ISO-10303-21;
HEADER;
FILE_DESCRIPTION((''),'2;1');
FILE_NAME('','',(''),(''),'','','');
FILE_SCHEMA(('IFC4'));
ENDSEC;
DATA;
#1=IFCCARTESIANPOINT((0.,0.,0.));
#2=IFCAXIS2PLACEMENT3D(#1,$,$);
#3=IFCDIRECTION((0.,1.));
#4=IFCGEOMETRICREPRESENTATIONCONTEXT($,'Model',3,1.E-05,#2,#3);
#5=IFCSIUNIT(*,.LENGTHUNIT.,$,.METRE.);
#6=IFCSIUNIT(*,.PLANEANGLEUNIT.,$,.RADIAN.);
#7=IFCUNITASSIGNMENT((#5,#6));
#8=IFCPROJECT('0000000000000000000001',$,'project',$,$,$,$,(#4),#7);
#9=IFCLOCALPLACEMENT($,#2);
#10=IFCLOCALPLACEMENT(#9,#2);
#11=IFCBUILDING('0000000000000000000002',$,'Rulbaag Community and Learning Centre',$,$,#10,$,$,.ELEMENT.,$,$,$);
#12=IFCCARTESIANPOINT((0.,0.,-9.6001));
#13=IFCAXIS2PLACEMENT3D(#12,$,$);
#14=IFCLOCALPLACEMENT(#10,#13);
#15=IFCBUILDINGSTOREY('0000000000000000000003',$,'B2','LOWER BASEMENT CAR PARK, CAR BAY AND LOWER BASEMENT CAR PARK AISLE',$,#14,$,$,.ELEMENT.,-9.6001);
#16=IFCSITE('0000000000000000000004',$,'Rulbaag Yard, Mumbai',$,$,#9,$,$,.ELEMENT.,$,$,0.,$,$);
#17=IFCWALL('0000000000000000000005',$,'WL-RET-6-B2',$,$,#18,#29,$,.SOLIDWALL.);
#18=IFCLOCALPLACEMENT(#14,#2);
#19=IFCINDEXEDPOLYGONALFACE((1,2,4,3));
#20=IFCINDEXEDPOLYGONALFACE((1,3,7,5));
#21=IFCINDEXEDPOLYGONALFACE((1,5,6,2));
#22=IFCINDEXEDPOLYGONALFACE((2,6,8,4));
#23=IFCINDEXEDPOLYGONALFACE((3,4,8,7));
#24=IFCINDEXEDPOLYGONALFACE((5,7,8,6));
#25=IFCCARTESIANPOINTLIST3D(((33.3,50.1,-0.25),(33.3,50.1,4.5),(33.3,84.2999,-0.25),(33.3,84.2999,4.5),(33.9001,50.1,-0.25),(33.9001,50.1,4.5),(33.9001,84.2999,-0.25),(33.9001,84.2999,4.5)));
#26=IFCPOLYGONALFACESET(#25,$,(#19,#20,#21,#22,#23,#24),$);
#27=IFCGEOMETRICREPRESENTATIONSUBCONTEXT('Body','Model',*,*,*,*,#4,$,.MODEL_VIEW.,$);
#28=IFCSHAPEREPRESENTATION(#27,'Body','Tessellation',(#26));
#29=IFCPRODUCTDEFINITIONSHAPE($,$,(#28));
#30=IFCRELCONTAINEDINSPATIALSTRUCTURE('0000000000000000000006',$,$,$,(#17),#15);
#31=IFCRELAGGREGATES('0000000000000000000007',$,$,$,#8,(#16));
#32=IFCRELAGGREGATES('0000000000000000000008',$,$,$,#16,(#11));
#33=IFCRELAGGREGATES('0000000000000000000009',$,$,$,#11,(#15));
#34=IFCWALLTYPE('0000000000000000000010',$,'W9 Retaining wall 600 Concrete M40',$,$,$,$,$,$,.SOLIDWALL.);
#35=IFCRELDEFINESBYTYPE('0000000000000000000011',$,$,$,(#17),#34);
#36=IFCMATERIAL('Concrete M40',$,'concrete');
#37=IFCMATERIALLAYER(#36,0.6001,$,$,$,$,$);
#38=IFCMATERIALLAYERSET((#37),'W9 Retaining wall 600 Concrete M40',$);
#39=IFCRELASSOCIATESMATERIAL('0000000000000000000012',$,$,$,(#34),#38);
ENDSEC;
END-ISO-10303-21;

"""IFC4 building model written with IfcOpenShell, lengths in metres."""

from ifc_helpers import new_model, si_unit, direction, frame, frame_2d, origin, place, context, subcontext, project, spatial, rectangle, extrude, material, layer, layer_set, type_object, element, save


model = new_model("IFC4")

# Units and contexts
model_context = context("Model", 3, precision=1e-05, world=origin(), true_north=direction((0.0, 1.0)))
body_context = subcontext(model_context, "Body", "Model", "MODEL_VIEW")
ifc_project = project(units=[si_unit("LENGTHUNIT", "METRE"), si_unit("PLANEANGLEUNIT", "RADIAN")], contexts=[model_context])

# Site, building, storey
site_placement = place(None, origin())
site = spatial("IfcSite", under=ifc_project, at=site_placement, Name="Rulbaag Yard, Mumbai", CompositionType="ELEMENT", RefElevation=0.0)
building_placement = place(site_placement, origin())
building = spatial("IfcBuilding", under=site, at=building_placement, Name="Rulbaag Community and Learning Centre", CompositionType="ELEMENT")
storey_placement = place(building_placement, frame((0.0, 0.0, -9.6001)))
storey = spatial("IfcBuildingStorey", under=building, at=storey_placement, Name="B2", Description="LOWER BASEMENT CAR PARK, CAR BAY AND LOWER BASEMENT CAR PARK AISLE", CompositionType="ELEMENT", Elevation=-9.6001)

# Wall
ifc_material_1 = material(Name="Concrete M40", Category="concrete")
ifc_layer = layer(ifc_material_1, 0.6001)
ifc_layer_set = layer_set([ifc_layer], Name="W9 Retaining wall 600 Concrete M40")
wall_type = type_object("IfcWallType", Name="W9 Retaining wall 600 Concrete M40", PredefinedType="SOLIDWALL", material=ifc_layer_set)
wall_placement = place(storey_placement, frame((33.6001, 84.3, -0.25), z_axis=(0.0, 0.0, 1.0), x_axis=(0.0, -1.0, 0.0)))
element("IfcWall", 1, at=wall_placement, inside=storey, type_object=wall_type, Name="WL-RET-6-B2", PredefinedType="SOLIDWALL", context=body_context, shape_type="SweptSolid", body=[
    extrude(rectangle(XDim=34.2, YDim=0.6001, at=frame_2d((17.1001, 0.0))), origin(), (0.0, 0.0, 1.0), 4.75),
])

save(model, "model.ifc")
